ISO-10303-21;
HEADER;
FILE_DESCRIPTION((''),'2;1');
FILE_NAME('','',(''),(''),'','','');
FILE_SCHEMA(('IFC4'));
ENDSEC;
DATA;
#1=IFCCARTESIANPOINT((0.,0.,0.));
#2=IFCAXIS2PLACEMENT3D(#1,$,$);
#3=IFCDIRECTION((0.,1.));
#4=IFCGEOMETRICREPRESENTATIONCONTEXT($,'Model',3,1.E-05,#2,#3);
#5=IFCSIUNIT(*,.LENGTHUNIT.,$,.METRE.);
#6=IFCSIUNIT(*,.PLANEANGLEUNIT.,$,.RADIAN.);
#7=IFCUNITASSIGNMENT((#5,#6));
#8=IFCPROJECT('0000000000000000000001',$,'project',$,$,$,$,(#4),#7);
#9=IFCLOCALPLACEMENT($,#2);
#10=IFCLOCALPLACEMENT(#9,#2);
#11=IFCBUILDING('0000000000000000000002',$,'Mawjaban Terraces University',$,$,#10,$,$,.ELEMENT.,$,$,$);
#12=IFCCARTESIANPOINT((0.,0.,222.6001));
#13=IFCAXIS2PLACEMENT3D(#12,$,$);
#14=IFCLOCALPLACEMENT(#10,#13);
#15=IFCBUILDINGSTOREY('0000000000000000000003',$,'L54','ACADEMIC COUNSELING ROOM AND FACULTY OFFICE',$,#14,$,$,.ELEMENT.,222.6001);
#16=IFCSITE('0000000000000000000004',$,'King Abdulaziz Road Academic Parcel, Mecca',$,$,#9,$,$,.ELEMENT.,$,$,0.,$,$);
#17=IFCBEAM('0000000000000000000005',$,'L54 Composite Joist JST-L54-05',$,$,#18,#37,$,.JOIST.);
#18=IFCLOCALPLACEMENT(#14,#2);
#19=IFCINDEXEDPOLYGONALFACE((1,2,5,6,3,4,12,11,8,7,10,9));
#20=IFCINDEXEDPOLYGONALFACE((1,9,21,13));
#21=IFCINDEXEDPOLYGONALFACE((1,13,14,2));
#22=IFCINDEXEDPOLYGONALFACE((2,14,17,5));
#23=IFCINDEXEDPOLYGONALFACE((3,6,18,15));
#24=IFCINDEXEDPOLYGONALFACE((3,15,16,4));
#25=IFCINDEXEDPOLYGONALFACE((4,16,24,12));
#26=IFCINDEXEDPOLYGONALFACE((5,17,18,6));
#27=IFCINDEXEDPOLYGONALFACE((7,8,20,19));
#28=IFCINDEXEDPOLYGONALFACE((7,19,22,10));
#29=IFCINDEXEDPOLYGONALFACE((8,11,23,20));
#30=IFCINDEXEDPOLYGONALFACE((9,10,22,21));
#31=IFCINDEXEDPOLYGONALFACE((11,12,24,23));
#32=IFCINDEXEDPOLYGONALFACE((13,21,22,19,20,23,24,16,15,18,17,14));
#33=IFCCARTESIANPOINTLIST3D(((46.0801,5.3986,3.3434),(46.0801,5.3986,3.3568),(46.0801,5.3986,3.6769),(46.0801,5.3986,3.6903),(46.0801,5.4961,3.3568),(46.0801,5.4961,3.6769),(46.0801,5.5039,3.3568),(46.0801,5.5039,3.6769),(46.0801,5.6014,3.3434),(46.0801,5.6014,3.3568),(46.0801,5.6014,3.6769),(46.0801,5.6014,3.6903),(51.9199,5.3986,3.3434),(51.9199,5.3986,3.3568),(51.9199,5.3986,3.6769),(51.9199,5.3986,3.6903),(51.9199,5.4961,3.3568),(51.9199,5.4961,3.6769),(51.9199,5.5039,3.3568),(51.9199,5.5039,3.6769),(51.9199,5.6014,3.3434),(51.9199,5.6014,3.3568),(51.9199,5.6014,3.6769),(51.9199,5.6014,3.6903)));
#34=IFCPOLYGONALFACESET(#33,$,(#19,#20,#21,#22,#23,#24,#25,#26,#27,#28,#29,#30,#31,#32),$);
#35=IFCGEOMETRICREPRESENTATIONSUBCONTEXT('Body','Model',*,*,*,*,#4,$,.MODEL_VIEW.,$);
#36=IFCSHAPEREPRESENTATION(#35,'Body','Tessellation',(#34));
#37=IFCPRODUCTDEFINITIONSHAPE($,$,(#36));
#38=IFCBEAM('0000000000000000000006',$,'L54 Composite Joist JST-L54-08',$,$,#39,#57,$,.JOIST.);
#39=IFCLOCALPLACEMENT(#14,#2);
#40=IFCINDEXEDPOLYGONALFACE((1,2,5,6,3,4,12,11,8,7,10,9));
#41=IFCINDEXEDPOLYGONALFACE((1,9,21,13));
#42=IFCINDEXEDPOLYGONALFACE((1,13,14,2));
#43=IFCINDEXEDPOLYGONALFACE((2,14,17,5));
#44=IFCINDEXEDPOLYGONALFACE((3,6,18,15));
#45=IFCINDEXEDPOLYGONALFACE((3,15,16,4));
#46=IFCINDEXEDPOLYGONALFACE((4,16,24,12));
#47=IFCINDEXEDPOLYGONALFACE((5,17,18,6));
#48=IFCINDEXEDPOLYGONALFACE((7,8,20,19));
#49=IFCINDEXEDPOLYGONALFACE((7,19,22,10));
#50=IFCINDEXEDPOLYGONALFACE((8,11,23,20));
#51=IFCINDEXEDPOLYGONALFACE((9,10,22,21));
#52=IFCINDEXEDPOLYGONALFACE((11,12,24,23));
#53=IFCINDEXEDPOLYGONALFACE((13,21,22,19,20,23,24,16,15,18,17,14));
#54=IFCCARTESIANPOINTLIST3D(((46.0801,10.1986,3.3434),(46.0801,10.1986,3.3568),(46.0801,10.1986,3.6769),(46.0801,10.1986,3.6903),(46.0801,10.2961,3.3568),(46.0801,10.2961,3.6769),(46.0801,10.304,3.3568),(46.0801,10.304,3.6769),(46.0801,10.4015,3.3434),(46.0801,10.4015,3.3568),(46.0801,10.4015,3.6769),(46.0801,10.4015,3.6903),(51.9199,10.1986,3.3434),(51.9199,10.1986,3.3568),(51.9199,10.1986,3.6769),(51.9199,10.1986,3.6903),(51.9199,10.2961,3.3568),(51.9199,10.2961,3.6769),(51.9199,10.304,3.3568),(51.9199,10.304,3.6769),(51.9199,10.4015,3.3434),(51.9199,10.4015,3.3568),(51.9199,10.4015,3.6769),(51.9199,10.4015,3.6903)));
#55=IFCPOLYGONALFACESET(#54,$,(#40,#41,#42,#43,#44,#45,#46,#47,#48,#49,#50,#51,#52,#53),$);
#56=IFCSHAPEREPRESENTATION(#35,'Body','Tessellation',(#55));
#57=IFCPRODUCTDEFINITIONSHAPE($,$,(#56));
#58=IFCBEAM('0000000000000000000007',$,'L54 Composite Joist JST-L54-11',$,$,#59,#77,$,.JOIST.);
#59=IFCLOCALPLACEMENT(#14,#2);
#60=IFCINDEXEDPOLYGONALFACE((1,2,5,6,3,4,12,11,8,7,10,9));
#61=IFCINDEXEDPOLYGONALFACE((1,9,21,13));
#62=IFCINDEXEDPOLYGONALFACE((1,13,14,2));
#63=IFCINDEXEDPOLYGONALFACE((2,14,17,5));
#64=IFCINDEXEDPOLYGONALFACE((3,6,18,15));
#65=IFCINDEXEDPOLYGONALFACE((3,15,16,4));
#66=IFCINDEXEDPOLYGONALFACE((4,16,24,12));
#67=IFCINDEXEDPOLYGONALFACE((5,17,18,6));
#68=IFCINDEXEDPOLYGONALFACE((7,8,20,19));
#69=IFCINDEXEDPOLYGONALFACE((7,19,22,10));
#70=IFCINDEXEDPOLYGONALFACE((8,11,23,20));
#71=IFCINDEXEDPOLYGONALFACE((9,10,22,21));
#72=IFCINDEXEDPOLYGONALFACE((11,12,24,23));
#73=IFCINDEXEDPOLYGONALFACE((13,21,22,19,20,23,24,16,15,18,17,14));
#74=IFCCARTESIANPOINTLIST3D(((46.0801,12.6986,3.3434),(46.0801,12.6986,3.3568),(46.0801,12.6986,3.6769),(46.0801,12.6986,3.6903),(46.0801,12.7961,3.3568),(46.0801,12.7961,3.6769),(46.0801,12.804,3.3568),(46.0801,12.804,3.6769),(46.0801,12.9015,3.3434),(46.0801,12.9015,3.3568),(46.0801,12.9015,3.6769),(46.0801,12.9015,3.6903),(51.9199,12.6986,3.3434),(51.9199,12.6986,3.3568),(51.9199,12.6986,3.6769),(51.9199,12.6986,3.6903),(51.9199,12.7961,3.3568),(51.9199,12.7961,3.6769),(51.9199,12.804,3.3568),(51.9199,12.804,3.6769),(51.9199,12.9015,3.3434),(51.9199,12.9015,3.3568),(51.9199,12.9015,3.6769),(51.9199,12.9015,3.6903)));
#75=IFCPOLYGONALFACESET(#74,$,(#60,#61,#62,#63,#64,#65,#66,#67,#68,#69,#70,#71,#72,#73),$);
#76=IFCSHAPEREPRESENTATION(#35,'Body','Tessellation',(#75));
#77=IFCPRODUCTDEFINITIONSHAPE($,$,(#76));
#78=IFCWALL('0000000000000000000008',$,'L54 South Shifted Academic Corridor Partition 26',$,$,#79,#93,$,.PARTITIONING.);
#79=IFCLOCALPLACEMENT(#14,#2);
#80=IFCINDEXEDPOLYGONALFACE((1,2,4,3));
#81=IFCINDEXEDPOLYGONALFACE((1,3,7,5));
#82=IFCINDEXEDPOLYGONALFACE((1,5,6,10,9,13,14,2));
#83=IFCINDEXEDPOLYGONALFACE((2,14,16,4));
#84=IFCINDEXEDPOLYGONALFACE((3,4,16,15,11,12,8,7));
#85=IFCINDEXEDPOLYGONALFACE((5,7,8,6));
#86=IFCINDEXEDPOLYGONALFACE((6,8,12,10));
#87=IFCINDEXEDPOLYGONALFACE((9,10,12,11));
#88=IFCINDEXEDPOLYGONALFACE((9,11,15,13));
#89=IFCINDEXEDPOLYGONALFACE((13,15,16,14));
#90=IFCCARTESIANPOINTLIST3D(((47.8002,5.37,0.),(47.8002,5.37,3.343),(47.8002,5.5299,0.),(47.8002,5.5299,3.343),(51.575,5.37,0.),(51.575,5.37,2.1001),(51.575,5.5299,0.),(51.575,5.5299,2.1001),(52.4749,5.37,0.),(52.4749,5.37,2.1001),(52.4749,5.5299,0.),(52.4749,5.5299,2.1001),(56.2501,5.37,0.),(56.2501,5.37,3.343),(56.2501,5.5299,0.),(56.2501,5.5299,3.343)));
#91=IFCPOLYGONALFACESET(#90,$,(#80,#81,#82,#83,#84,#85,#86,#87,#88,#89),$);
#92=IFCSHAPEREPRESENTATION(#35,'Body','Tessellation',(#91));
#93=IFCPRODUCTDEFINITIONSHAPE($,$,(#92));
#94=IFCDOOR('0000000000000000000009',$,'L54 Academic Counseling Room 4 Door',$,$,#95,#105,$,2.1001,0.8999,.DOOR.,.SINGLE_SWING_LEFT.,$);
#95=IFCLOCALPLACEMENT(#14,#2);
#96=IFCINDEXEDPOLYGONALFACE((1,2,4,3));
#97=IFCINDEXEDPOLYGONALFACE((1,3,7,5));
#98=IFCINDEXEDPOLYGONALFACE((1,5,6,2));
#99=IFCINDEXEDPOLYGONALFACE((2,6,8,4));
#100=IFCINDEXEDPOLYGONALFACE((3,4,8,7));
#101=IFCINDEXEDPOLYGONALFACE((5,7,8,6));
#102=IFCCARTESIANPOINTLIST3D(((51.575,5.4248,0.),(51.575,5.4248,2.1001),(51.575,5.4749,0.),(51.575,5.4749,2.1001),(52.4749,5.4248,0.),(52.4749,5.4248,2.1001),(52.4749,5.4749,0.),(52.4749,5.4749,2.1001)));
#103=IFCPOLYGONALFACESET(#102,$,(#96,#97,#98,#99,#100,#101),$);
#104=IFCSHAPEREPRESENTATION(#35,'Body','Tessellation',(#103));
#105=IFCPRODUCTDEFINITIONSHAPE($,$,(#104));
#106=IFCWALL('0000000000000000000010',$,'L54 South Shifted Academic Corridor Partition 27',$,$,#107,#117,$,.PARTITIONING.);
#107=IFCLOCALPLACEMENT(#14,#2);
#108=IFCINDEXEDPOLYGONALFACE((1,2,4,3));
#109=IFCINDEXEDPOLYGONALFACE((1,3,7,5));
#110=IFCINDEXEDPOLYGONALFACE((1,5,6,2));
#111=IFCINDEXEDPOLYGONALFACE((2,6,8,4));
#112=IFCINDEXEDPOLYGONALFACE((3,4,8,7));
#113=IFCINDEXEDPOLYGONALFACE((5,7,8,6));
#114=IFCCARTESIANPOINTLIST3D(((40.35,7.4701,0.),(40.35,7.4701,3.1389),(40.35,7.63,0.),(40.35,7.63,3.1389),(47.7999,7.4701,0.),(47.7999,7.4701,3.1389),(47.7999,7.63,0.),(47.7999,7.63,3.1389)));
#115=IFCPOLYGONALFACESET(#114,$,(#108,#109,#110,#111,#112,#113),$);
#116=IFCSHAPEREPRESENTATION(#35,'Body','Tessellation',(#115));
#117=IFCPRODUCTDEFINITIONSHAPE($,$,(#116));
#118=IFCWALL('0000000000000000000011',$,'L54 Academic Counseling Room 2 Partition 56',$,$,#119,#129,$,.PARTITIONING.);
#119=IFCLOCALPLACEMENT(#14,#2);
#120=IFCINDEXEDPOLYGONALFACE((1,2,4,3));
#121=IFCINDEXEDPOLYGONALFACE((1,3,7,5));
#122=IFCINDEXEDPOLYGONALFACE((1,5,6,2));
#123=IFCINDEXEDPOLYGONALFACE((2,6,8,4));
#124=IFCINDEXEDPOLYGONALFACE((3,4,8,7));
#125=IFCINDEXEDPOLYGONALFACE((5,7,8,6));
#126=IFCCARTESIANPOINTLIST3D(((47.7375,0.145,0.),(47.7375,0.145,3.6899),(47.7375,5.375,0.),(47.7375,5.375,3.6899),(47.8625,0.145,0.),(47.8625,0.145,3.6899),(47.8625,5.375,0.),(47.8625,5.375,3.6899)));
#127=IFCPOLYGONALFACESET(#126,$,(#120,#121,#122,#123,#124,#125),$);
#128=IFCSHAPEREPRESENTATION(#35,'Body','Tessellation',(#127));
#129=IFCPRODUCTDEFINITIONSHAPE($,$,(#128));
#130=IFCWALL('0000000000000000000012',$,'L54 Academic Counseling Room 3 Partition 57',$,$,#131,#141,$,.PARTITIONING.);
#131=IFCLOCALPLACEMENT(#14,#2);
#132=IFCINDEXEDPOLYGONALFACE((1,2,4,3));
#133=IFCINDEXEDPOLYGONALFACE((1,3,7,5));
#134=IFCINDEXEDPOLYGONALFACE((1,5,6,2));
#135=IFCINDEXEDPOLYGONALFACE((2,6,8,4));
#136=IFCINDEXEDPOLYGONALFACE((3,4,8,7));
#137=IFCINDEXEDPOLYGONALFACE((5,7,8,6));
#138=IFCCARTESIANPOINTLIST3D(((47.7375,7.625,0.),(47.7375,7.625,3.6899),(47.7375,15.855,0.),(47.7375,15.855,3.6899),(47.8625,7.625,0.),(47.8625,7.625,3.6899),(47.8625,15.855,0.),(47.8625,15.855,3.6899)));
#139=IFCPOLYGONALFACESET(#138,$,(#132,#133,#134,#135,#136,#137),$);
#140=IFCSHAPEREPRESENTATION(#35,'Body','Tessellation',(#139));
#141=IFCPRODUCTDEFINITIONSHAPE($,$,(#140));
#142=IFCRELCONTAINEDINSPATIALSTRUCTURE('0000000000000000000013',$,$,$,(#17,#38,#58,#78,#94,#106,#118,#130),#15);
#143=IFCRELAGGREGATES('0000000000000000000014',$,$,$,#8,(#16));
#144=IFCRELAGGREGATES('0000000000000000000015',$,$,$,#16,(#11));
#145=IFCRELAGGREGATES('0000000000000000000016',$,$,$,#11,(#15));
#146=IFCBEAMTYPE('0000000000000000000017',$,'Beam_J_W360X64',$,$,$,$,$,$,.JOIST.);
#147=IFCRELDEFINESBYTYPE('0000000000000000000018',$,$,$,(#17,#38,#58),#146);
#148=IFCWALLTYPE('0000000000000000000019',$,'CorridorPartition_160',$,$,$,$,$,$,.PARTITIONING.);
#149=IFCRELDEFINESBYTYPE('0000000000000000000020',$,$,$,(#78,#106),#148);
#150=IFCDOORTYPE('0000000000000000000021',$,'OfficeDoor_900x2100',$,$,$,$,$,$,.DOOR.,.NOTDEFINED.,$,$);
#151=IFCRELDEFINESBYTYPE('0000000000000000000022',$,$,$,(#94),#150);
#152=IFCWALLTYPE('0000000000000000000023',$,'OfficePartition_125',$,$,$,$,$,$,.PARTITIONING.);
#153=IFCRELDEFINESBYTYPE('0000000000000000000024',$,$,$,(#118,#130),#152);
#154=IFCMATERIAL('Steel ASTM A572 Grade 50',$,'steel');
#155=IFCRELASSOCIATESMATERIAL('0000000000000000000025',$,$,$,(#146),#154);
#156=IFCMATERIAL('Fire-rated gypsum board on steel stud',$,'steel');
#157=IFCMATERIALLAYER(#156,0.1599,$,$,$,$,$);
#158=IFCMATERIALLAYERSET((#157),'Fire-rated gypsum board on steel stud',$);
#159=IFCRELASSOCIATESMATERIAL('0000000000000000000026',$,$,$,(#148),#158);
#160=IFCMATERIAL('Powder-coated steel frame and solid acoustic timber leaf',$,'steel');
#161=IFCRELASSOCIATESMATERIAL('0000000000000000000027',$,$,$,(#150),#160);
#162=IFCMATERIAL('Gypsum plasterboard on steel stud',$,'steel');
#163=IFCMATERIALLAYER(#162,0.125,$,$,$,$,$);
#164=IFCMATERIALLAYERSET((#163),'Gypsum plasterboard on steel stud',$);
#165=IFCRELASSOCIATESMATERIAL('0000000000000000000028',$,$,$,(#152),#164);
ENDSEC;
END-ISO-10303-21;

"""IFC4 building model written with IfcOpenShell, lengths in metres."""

from ifc_helpers import new_model, si_unit, direction, frame, frame_2d, origin, origin_2d, place, context, subcontext, project, spatial, rectangle, i_section, extrude, material, layer, layer_set, material_profile, profile_set, type_object, element, fill, save


model = new_model("IFC4")

# Units and contexts
model_context = context("Model", 3, precision=1e-05, world=origin(), true_north=direction((0.0, 1.0)))
body_context = subcontext(model_context, "Body", "Model", "MODEL_VIEW")
ifc_project = project(units=[si_unit("LENGTHUNIT", "METRE"), si_unit("PLANEANGLEUNIT", "RADIAN")], contexts=[model_context])

# Site, building, storey
site_placement = place(None, origin())
site = spatial("IfcSite", under=ifc_project, at=site_placement, Name="King Abdulaziz Road Academic Parcel, Mecca", CompositionType="ELEMENT", RefElevation=0.0)
building_placement = place(site_placement, origin())
building = spatial("IfcBuilding", under=site, at=building_placement, Name="Mawjaban Terraces University", CompositionType="ELEMENT")
storey_placement = place(building_placement, frame((0.0, 0.0, 222.6001)))
storey = spatial("IfcBuildingStorey", under=building, at=storey_placement, Name="L54", Description="ACADEMIC COUNSELING ROOM AND FACULTY OFFICE", CompositionType="ELEMENT", Elevation=222.6001)

# Beams
ifc_material_1 = material(Name="Steel ASTM A572 Grade 50", Category="steel")
ifc_material_profile_1 = material_profile(ifc_material_1, i_section(OverallWidth=0.2029, OverallDepth=0.3469, WebThickness=0.0078, FlangeThickness=0.0134, at=origin_2d()), Name="W360X64")
ifc_profile_set_1 = profile_set([ifc_material_profile_1], Name="Steel ASTM A572 Grade 50")
beam_type_1 = type_object("IfcBeamType", Name="Beam_J_W360X64", PredefinedType="JOIST", material=ifc_profile_set_1)
for number, where, z_axis, x_axis, name in (
    (1, (46.0801, 5.5, 3.5168), (1.0, 0.0, 0.0), (0.0, 1.0, 0.0), "L54 Composite Joist JST-L54-05"),
    (2, (46.0801, 10.3, 3.5168), (1.0, 0.0, 0.0), (0.0, 1.0, 0.0), "L54 Composite Joist JST-L54-08"),
    (3, (46.0801, 12.8, 3.5168), (1.0, 0.0, 0.0), (0.0, 1.0, 0.0), "L54 Composite Joist JST-L54-11"),
):
    element("IfcBeam", number, at=place(storey_placement, frame(where, z_axis=z_axis, x_axis=x_axis)), inside=storey, type_object=beam_type_1, Name=name, PredefinedType="JOIST", context=body_context, shape_type="SweptSolid", body=[
        extrude(i_section(OverallWidth=0.2029, OverallDepth=0.3469, WebThickness=0.0078, FlangeThickness=0.0134, at=origin_2d()), origin(), (0.0, 0.0, 1.0), 5.8398),
    ])

# Wall, opening, door
ifc_material_2 = material(Name="Fire-rated gypsum board on steel stud", Category="steel")
ifc_layer_1 = layer(ifc_material_2, 0.1599)
ifc_layer_set_1 = layer_set([ifc_layer_1], Name="Fire-rated gypsum board on steel stud")
wall_type_1 = type_object("IfcWallType", Name="CorridorPartition_160", PredefinedType="PARTITIONING", material=ifc_layer_set_1)
wall_1_placement = place(storey_placement, frame((47.8, 5.45, 0.0), z_axis=(0.0, 0.0, 1.0), x_axis=(1.0, 0.0, 0.0)))
wall_1 = element("IfcWall", 4, at=wall_1_placement, inside=storey, type_object=wall_type_1, Name="L54 South Shifted Academic Corridor Partition 26", PredefinedType="PARTITIONING", context=body_context, shape_type="SweptSolid", body=[
    extrude(rectangle(XDim=8.45, YDim=0.1599, at=frame_2d((4.2251, 0.0))), origin(), (0.0, 0.0, 1.0), 3.343),
])
opening_placement = place(wall_1_placement, frame((3.7749, 0.0, 0.0)))
opening = element("IfcOpeningElement", 5, at=opening_placement, cuts=wall_1, PredefinedType="OPENING", context=body_context, shape_type="SweptSolid", body=[
    extrude(rectangle(XDim=0.8999, YDim=2.1001, at=frame_2d((0.45, 1.05))), frame((0.0, 0.0898, 0.0), z_axis=(0.0, -1.0, 0.0), x_axis=(1.0, 0.0, 0.0)), (0.0, 0.0, 1.0), 0.1799),
])
ifc_material_3 = material(Name="Powder-coated steel frame and solid acoustic timber leaf", Category="steel")
door_type = type_object("IfcDoorType", Name="OfficeDoor_900x2100", OperationType="NOTDEFINED", PredefinedType="DOOR", material=ifc_material_3)
door_placement = place(opening_placement, origin())
door = element("IfcDoor", 6, at=door_placement, inside=storey, type_object=door_type, Name="L54 Academic Counseling Room 4 Door", OperationType="SINGLE_SWING_LEFT", OverallHeight=2.1001, OverallWidth=0.8999, PredefinedType="DOOR", context=body_context, shape_type="SweptSolid", body=[
    extrude(rectangle(XDim=0.8999, YDim=2.1001, at=frame_2d((0.45, 1.05))), frame((0.0, 0.0249, 0.0), z_axis=(0.0, -1.0, 0.0), x_axis=(1.0, 0.0, 0.0)), (0.0, 0.0, 1.0), 0.05),
])
fill(opening, door)

# Walls
wall_2_placement = place(storey_placement, frame((47.8, 7.55, 0.0), z_axis=(0.0, 0.0, 1.0), x_axis=(-1.0, 0.0, 0.0)))
element("IfcWall", 7, at=wall_2_placement, inside=storey, type_object=wall_type_1, Name="L54 South Shifted Academic Corridor Partition 27", PredefinedType="PARTITIONING", context=body_context, shape_type="SweptSolid", body=[
    extrude(rectangle(XDim=7.45, YDim=0.1599, at=frame_2d((3.7251, 0.0))), origin(), (0.0, 0.0, 1.0), 3.1389),
])
ifc_material_4 = material(Name="Gypsum plasterboard on steel stud", Category="steel")
ifc_layer_2 = layer(ifc_material_4, 0.125)
ifc_layer_set_2 = layer_set([ifc_layer_2], Name="Gypsum plasterboard on steel stud")
wall_type_2 = type_object("IfcWallType", Name="OfficePartition_125", PredefinedType="PARTITIONING", material=ifc_layer_set_2)
wall_3_placement = place(storey_placement, frame((47.8, 0.145, 0.0), z_axis=(0.0, 0.0, 1.0), x_axis=(0.0, 1.0, 0.0)))
element("IfcWall", 8, at=wall_3_placement, inside=storey, type_object=wall_type_2, Name="L54 Academic Counseling Room 2 Partition 56", PredefinedType="PARTITIONING", context=body_context, shape_type="SweptSolid", body=[
    extrude(rectangle(XDim=5.23, YDim=0.125, at=frame_2d((2.615, 0.0))), origin(), (0.0, 0.0, 1.0), 3.6899),
])
wall_4_placement = place(storey_placement, frame((47.8, 7.625, 0.0), z_axis=(0.0, 0.0, 1.0), x_axis=(0.0, 1.0, 0.0)))
element("IfcWall", 9, at=wall_4_placement, inside=storey, type_object=wall_type_2, Name="L54 Academic Counseling Room 3 Partition 57", PredefinedType="PARTITIONING", context=body_context, shape_type="SweptSolid", body=[
    extrude(rectangle(XDim=8.23, YDim=0.125, at=frame_2d((4.115, 0.0))), origin(), (0.0, 0.0, 1.0), 3.6899),
])

save(model, "model.ifc")
